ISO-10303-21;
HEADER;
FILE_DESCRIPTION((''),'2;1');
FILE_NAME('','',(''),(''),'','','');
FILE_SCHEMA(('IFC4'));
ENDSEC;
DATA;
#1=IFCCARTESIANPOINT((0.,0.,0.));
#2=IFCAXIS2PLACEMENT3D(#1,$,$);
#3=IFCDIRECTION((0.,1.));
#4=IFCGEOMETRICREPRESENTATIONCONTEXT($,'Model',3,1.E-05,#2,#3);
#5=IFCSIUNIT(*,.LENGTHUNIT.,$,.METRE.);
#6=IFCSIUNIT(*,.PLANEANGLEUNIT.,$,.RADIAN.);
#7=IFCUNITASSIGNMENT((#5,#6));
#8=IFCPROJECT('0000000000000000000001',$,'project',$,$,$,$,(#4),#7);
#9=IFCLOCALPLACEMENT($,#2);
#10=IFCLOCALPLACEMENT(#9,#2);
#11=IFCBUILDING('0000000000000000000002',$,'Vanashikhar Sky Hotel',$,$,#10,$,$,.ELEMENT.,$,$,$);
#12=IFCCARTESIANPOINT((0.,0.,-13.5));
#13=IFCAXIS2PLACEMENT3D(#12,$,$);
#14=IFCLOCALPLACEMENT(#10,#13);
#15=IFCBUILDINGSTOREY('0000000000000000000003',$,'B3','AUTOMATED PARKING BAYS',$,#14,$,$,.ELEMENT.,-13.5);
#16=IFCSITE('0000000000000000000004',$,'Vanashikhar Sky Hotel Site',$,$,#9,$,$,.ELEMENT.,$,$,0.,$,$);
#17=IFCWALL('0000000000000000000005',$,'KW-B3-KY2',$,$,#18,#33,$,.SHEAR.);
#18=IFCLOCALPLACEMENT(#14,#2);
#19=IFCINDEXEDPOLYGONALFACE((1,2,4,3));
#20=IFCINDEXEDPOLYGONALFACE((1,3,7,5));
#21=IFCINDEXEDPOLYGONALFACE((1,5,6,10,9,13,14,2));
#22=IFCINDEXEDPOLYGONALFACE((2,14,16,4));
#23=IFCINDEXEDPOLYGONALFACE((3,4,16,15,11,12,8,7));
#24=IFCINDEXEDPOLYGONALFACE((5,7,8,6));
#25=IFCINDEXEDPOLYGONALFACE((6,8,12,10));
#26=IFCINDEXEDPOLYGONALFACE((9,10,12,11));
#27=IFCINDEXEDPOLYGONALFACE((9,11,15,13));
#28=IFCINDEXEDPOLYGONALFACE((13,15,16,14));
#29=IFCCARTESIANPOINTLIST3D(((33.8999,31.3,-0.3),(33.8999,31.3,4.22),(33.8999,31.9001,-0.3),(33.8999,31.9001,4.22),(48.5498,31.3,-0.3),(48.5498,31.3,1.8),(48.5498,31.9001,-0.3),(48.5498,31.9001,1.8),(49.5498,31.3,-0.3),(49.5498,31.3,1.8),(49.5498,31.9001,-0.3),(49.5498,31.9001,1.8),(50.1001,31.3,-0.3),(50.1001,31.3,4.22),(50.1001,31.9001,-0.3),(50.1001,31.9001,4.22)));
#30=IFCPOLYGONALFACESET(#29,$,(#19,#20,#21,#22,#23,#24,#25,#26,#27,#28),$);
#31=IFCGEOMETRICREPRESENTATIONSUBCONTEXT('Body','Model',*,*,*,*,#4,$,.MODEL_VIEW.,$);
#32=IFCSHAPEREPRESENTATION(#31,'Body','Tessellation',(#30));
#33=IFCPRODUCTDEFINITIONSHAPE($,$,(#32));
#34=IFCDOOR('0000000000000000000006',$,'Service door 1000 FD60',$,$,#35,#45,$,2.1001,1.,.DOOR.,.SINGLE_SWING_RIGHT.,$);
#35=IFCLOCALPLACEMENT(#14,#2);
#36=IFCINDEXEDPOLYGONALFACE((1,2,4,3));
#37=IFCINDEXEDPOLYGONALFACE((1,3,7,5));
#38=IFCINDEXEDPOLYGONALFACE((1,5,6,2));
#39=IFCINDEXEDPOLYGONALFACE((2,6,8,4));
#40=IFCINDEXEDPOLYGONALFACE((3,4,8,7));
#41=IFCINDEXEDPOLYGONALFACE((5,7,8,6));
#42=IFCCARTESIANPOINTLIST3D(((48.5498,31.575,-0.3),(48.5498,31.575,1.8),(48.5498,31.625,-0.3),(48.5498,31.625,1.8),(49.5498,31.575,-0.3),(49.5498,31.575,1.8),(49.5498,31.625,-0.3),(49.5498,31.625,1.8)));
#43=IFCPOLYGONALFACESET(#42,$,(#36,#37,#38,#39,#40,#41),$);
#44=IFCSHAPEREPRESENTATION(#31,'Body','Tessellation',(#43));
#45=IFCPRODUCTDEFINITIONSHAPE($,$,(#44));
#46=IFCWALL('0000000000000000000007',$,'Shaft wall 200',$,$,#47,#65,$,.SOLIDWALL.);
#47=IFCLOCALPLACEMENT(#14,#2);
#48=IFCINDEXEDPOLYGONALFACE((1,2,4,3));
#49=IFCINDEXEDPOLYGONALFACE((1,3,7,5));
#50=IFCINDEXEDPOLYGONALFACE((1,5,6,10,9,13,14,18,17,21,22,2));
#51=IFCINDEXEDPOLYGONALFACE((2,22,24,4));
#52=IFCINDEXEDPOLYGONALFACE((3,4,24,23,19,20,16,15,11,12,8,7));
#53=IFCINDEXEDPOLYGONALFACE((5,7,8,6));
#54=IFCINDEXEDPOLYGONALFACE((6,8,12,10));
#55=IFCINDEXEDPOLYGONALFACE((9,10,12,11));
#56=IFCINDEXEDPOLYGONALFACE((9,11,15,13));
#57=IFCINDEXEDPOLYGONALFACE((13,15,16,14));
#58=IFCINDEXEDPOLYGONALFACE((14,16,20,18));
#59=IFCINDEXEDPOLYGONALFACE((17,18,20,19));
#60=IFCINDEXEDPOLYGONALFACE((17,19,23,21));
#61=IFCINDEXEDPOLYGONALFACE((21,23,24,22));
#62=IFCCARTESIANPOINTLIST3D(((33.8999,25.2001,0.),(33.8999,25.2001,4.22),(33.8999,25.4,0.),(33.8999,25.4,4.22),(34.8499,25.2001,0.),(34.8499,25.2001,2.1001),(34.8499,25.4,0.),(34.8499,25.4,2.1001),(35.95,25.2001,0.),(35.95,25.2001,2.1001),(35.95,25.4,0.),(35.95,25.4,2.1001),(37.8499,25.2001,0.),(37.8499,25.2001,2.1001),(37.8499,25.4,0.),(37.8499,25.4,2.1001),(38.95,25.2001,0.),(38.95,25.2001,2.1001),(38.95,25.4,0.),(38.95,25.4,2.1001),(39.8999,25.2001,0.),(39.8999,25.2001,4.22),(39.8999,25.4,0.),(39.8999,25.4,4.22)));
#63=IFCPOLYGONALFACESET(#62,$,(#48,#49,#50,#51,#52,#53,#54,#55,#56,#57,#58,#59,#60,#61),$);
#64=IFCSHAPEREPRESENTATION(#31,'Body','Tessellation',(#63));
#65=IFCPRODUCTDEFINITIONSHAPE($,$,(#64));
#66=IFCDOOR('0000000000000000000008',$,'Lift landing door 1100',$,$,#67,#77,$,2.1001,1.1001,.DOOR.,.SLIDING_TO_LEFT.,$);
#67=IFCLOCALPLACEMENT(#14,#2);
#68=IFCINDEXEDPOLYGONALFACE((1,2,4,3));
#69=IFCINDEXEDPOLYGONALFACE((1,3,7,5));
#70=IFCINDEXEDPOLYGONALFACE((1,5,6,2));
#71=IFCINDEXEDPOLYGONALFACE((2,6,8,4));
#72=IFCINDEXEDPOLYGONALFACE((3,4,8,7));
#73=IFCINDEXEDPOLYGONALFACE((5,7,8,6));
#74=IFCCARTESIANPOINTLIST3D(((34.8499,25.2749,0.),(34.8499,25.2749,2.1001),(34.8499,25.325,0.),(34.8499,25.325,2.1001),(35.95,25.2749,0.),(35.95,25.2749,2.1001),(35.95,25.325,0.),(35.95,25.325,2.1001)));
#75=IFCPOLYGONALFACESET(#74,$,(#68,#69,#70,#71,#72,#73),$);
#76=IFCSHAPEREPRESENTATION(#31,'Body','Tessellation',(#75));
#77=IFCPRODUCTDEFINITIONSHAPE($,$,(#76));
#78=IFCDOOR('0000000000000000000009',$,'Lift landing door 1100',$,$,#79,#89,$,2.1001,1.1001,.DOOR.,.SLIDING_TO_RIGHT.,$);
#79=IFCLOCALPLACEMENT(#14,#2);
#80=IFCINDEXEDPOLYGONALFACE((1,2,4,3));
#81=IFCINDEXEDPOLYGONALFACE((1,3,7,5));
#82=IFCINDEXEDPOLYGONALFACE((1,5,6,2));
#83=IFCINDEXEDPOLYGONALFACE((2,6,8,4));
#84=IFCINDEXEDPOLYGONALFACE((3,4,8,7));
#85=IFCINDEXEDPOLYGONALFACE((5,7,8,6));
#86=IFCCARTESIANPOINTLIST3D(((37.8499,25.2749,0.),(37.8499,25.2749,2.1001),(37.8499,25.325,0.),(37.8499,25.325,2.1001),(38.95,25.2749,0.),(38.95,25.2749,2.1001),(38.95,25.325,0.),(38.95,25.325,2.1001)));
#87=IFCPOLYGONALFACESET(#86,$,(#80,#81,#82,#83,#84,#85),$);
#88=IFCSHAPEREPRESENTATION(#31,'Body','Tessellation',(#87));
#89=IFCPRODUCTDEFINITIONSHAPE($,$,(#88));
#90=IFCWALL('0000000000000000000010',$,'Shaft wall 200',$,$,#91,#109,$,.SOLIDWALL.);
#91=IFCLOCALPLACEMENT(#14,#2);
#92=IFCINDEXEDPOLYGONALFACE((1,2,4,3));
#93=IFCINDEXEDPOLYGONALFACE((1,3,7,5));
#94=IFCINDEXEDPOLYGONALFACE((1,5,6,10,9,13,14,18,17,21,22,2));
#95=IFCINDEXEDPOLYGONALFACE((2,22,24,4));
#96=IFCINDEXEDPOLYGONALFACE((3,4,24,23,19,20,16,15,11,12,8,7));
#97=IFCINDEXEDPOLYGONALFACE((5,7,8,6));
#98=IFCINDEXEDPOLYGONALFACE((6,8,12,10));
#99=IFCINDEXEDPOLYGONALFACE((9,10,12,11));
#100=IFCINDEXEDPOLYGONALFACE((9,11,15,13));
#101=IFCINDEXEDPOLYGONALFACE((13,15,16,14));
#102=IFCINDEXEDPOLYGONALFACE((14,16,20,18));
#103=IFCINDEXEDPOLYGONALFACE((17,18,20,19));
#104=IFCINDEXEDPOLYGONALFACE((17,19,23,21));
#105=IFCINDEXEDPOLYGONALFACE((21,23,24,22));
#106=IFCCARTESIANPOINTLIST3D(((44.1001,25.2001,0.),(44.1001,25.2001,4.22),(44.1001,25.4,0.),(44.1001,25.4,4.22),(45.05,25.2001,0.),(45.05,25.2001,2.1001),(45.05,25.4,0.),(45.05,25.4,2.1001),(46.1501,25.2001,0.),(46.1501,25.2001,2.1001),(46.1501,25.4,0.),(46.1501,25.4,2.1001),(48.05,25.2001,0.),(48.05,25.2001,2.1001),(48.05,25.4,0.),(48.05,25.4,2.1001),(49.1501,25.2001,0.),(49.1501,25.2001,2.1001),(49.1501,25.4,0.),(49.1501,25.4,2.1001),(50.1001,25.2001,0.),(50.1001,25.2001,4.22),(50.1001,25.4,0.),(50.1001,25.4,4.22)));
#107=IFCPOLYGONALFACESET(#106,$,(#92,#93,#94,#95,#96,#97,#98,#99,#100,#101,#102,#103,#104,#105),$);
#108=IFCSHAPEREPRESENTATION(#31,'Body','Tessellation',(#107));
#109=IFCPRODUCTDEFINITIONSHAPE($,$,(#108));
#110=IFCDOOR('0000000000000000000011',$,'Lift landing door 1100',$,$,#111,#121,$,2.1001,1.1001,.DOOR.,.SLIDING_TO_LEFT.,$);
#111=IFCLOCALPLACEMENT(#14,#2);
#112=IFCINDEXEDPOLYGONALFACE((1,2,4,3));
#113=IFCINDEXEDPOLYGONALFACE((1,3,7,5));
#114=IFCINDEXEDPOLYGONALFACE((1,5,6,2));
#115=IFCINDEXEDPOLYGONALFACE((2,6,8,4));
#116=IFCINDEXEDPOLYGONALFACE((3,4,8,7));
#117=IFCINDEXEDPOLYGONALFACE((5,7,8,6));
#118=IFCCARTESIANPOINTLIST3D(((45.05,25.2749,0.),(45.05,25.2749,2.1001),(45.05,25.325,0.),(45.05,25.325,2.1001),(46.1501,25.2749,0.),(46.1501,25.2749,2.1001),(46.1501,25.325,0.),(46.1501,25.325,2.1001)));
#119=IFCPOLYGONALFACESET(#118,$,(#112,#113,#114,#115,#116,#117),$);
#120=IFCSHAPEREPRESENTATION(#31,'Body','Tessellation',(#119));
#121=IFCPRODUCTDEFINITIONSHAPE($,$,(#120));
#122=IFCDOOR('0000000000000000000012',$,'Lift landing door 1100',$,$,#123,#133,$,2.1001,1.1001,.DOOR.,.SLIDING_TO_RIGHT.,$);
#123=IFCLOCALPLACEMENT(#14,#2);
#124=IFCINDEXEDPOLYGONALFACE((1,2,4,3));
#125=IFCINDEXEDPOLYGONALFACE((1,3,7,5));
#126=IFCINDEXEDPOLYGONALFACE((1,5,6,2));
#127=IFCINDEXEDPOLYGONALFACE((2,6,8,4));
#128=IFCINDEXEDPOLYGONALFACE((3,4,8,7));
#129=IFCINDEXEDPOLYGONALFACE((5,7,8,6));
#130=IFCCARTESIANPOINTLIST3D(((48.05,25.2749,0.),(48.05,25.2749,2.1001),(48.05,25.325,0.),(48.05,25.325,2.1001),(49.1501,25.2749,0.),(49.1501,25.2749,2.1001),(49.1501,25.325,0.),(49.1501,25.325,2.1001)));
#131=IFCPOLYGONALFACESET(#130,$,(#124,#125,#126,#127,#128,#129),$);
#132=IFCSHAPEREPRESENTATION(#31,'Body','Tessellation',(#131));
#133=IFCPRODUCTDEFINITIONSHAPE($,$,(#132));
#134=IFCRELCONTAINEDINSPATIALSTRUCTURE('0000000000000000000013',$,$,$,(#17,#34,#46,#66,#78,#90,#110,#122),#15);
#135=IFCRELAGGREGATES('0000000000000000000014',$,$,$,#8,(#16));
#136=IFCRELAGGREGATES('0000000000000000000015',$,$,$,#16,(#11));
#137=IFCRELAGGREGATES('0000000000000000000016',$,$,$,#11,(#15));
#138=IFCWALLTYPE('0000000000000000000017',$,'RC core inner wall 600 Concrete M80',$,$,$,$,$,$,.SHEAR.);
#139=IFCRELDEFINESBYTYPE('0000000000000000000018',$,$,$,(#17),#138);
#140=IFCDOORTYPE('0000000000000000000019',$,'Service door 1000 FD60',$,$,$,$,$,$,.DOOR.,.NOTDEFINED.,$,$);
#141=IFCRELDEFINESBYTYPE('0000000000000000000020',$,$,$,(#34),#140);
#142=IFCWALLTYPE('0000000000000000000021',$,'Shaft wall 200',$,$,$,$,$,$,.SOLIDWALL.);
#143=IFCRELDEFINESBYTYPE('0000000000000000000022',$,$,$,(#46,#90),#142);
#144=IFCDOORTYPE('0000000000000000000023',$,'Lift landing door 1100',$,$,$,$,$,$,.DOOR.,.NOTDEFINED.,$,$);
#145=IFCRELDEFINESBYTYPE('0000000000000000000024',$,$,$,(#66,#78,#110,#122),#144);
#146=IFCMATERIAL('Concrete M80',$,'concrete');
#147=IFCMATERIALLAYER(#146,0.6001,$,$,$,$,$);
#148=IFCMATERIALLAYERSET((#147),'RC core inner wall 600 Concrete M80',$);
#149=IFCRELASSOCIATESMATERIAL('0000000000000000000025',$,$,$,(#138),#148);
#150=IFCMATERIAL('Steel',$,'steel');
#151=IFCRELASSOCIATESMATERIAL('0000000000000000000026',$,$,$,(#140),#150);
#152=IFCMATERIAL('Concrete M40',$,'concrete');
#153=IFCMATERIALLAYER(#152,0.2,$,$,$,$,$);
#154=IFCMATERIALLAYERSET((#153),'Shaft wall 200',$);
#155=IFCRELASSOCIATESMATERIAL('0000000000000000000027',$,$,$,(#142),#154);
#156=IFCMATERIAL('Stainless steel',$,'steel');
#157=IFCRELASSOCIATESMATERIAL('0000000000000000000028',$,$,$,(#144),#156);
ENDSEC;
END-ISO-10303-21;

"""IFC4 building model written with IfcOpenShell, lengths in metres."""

from ifc_helpers import new_model, si_unit, direction, frame, frame_2d, origin, place, context, subcontext, project, spatial, rectangle, extrude, source, transform, mapped, material, layer, layer_set, type_object, element, fill, save


model = new_model("IFC4")

# Units and contexts
model_context = context("Model", 3, precision=1e-05, world=origin(), true_north=direction((0.0, 1.0)))
body_context = subcontext(model_context, "Body", "Model", "MODEL_VIEW")
ifc_project = project(units=[si_unit("LENGTHUNIT", "METRE"), si_unit("PLANEANGLEUNIT", "RADIAN")], contexts=[model_context])

# Site, building, storey
site_placement = place(None, origin())
site = spatial("IfcSite", under=ifc_project, at=site_placement, Name="Vanashikhar Sky Hotel Site", CompositionType="ELEMENT", RefElevation=0.0)
building_placement = place(site_placement, origin())
building = spatial("IfcBuilding", under=site, at=building_placement, Name="Vanashikhar Sky Hotel", CompositionType="ELEMENT")
storey_placement = place(building_placement, frame((0.0, 0.0, -13.5)))
storey = spatial("IfcBuildingStorey", under=building, at=storey_placement, Name="B3", Description="AUTOMATED PARKING BAYS", CompositionType="ELEMENT", Elevation=-13.5)

# Shared definitions
ifc_material_1 = material(Name="Concrete M40", Category="concrete")

# Wall, opening, door
ifc_material_2 = material(Name="Concrete M80", Category="concrete")
ifc_layer_1 = layer(ifc_material_2, 0.6001)
ifc_layer_set_1 = layer_set([ifc_layer_1], Name="RC core inner wall 600 Concrete M80")
wall_type_1 = type_object("IfcWallType", Name="RC core inner wall 600 Concrete M80", PredefinedType="SHEAR", material=ifc_layer_set_1)
shared_shape_1 = source(origin(), body_context, "Body", "SweptSolid", [
    extrude(rectangle(XDim=16.2002, YDim=0.6001, at=frame_2d((8.1001, 0.0))), origin(), (0.0, 0.0, 1.0), 4.52),
])
wall_1_placement = place(storey_placement, frame((33.8999, 31.6001, -0.3), z_axis=(0.0, 0.0, 1.0), x_axis=(1.0, 0.0, 0.0)))
wall_1 = element("IfcWall", 1, at=wall_1_placement, inside=storey, type_object=wall_type_1, Name="KW-B3-KY2", PredefinedType="SHEAR", context=body_context, shape_type="MappedRepresentation", body=[
    mapped(shared_shape_1, transform((0.0, 0.0, 0.0), scale=1.0)),
])
shared_shape_2 = source(origin(), body_context, "Body", "SweptSolid", [
    extrude(rectangle(XDim=1.0, YDim=2.1001, at=frame_2d((0.5, 1.05))), frame((0.0, 0.3101, 0.0), z_axis=(0.0, -1.0, 0.0), x_axis=(1.0, 0.0, 0.0)), (0.0, 0.0, 1.0), 0.6201),
])
opening_1_placement = place(wall_1_placement, frame((14.6499, 0.0, 0.0)))
opening_1 = element("IfcOpeningElement", 2, at=opening_1_placement, cuts=wall_1, PredefinedType="OPENING", context=body_context, shape_type="MappedRepresentation", body=[
    mapped(shared_shape_2, transform((0.0, 0.0, 0.0), scale=1.0)),
])
ifc_material_3 = material(Name="Steel", Category="steel")
door_type_1 = type_object("IfcDoorType", Name="Service door 1000 FD60", OperationType="NOTDEFINED", PredefinedType="DOOR", material=ifc_material_3)
shared_shape_3 = source(origin(), body_context, "Body", "SweptSolid", [
    extrude(rectangle(XDim=1.0, YDim=2.1001, at=frame_2d((0.5, 1.05))), frame((0.0, 0.0249, 0.0), z_axis=(0.0, -1.0, 0.0), x_axis=(1.0, 0.0, 0.0)), (0.0, 0.0, 1.0), 0.05),
])
door_1_placement = place(opening_1_placement, origin())
door_1 = element("IfcDoor", 3, at=door_1_placement, inside=storey, type_object=door_type_1, Name="Service door 1000 FD60", OperationType="SINGLE_SWING_RIGHT", OverallHeight=2.1001, OverallWidth=1.0, PredefinedType="DOOR", context=body_context, shape_type="MappedRepresentation", body=[
    mapped(shared_shape_3, transform((0.0, 0.0, 0.0), scale=1.0)),
])
fill(opening_1, door_1)

# Walls, openings, doors
ifc_layer_2 = layer(ifc_material_1, 0.2)
ifc_layer_set_2 = layer_set([ifc_layer_2], Name="Shaft wall 200")
wall_type_2 = type_object("IfcWallType", Name="Shaft wall 200", PredefinedType="SOLIDWALL", material=ifc_layer_set_2)
shared_shape_4 = source(origin(), body_context, "Body", "SweptSolid", [
    extrude(rectangle(XDim=6.0, YDim=0.2, at=frame_2d((3.0, 0.0))), origin(), (0.0, 0.0, 1.0), 4.22),
])
wall_2_placement = place(storey_placement, frame((33.8999, 25.3, 0.0), z_axis=(0.0, 0.0, 1.0), x_axis=(1.0, 0.0, 0.0)))
wall_2 = element("IfcWall", 4, at=wall_2_placement, inside=storey, type_object=wall_type_2, Name="Shaft wall 200", PredefinedType="SOLIDWALL", context=body_context, shape_type="MappedRepresentation", body=[
    mapped(shared_shape_4, transform((0.0, 0.0, 0.0), scale=1.0)),
])
shared_shape_5 = source(origin(), body_context, "Body", "SweptSolid", [
    extrude(rectangle(XDim=1.1001, YDim=2.1001, at=frame_2d((0.55, 1.05))), frame((0.0, 0.1099, 0.0), z_axis=(0.0, -1.0, 0.0), x_axis=(1.0, 0.0, 0.0)), (0.0, 0.0, 1.0), 0.22),
])
opening_2_placement = place(wall_2_placement, frame((0.95, 0.0, 0.0)))
opening_2 = element("IfcOpeningElement", 5, at=opening_2_placement, cuts=wall_2, PredefinedType="OPENING", context=body_context, shape_type="MappedRepresentation", body=[
    mapped(shared_shape_5, transform((0.0, 0.0, 0.0), scale=1.0)),
])
opening_3_placement = place(wall_2_placement, frame((3.95, 0.0, 0.0)))
opening_3 = element("IfcOpeningElement", 6, at=opening_3_placement, cuts=wall_2, PredefinedType="OPENING", context=body_context, shape_type="MappedRepresentation", body=[
    mapped(shared_shape_5, transform((0.0, 0.0, 0.0), scale=1.0)),
])
ifc_material_4 = material(Name="Stainless steel", Category="steel")
door_type_2 = type_object("IfcDoorType", Name="Lift landing door 1100", OperationType="NOTDEFINED", PredefinedType="DOOR", material=ifc_material_4)
shared_shape_6 = source(origin(), body_context, "Body", "SweptSolid", [
    extrude(rectangle(XDim=1.1001, YDim=2.1001, at=frame_2d((0.55, 1.05))), frame((0.0, 0.0249, 0.0), z_axis=(0.0, -1.0, 0.0), x_axis=(1.0, 0.0, 0.0)), (0.0, 0.0, 1.0), 0.05),
])
door_2_placement = place(opening_2_placement, origin())
door_2 = element("IfcDoor", 7, at=door_2_placement, inside=storey, type_object=door_type_2, Name="Lift landing door 1100", OperationType="SLIDING_TO_LEFT", OverallHeight=2.1001, OverallWidth=1.1001, PredefinedType="DOOR", context=body_context, shape_type="MappedRepresentation", body=[
    mapped(shared_shape_6, transform((0.0, 0.0, 0.0), scale=1.0)),
])
fill(opening_2, door_2)
door_3_placement = place(opening_3_placement, origin())
door_3 = element("IfcDoor", 8, at=door_3_placement, inside=storey, type_object=door_type_2, Name="Lift landing door 1100", OperationType="SLIDING_TO_RIGHT", OverallHeight=2.1001, OverallWidth=1.1001, PredefinedType="DOOR", context=body_context, shape_type="MappedRepresentation", body=[
    mapped(shared_shape_6, transform((0.0, 0.0, 0.0), scale=1.0)),
])
fill(opening_3, door_3)
wall_3_placement = place(storey_placement, frame((44.1001, 25.3, 0.0), z_axis=(0.0, 0.0, 1.0), x_axis=(1.0, 0.0, 0.0)))
wall_3 = element("IfcWall", 9, at=wall_3_placement, inside=storey, type_object=wall_type_2, Name="Shaft wall 200", PredefinedType="SOLIDWALL", context=body_context, shape_type="MappedRepresentation", body=[
    mapped(shared_shape_4, transform((0.0, 0.0, 0.0), scale=1.0)),
])
opening_4_placement = place(wall_3_placement, frame((0.95, 0.0, 0.0)))
opening_4 = element("IfcOpeningElement", 10, at=opening_4_placement, cuts=wall_3, PredefinedType="OPENING", context=body_context, shape_type="MappedRepresentation", body=[
    mapped(shared_shape_5, transform((0.0, 0.0, 0.0), scale=1.0)),
])
opening_5_placement = place(wall_3_placement, frame((3.95, 0.0, 0.0)))
opening_5 = element("IfcOpeningElement", 11, at=opening_5_placement, cuts=wall_3, PredefinedType="OPENING", context=body_context, shape_type="MappedRepresentation", body=[
    mapped(shared_shape_5, transform((0.0, 0.0, 0.0), scale=1.0)),
])
door_4_placement = place(opening_4_placement, origin())
door_4 = element("IfcDoor", 12, at=door_4_placement, inside=storey, type_object=door_type_2, Name="Lift landing door 1100", OperationType="SLIDING_TO_LEFT", OverallHeight=2.1001, OverallWidth=1.1001, PredefinedType="DOOR", context=body_context, shape_type="MappedRepresentation", body=[
    mapped(shared_shape_6, transform((0.0, 0.0, 0.0), scale=1.0)),
])
fill(opening_4, door_4)
door_5_placement = place(opening_5_placement, origin())
door_5 = element("IfcDoor", 13, at=door_5_placement, inside=storey, type_object=door_type_2, Name="Lift landing door 1100", OperationType="SLIDING_TO_RIGHT", OverallHeight=2.1001, OverallWidth=1.1001, PredefinedType="DOOR", context=body_context, shape_type="MappedRepresentation", body=[
    mapped(shared_shape_6, transform((0.0, 0.0, 0.0), scale=1.0)),
])
fill(opening_5, door_5)

save(model, "model.ifc")
